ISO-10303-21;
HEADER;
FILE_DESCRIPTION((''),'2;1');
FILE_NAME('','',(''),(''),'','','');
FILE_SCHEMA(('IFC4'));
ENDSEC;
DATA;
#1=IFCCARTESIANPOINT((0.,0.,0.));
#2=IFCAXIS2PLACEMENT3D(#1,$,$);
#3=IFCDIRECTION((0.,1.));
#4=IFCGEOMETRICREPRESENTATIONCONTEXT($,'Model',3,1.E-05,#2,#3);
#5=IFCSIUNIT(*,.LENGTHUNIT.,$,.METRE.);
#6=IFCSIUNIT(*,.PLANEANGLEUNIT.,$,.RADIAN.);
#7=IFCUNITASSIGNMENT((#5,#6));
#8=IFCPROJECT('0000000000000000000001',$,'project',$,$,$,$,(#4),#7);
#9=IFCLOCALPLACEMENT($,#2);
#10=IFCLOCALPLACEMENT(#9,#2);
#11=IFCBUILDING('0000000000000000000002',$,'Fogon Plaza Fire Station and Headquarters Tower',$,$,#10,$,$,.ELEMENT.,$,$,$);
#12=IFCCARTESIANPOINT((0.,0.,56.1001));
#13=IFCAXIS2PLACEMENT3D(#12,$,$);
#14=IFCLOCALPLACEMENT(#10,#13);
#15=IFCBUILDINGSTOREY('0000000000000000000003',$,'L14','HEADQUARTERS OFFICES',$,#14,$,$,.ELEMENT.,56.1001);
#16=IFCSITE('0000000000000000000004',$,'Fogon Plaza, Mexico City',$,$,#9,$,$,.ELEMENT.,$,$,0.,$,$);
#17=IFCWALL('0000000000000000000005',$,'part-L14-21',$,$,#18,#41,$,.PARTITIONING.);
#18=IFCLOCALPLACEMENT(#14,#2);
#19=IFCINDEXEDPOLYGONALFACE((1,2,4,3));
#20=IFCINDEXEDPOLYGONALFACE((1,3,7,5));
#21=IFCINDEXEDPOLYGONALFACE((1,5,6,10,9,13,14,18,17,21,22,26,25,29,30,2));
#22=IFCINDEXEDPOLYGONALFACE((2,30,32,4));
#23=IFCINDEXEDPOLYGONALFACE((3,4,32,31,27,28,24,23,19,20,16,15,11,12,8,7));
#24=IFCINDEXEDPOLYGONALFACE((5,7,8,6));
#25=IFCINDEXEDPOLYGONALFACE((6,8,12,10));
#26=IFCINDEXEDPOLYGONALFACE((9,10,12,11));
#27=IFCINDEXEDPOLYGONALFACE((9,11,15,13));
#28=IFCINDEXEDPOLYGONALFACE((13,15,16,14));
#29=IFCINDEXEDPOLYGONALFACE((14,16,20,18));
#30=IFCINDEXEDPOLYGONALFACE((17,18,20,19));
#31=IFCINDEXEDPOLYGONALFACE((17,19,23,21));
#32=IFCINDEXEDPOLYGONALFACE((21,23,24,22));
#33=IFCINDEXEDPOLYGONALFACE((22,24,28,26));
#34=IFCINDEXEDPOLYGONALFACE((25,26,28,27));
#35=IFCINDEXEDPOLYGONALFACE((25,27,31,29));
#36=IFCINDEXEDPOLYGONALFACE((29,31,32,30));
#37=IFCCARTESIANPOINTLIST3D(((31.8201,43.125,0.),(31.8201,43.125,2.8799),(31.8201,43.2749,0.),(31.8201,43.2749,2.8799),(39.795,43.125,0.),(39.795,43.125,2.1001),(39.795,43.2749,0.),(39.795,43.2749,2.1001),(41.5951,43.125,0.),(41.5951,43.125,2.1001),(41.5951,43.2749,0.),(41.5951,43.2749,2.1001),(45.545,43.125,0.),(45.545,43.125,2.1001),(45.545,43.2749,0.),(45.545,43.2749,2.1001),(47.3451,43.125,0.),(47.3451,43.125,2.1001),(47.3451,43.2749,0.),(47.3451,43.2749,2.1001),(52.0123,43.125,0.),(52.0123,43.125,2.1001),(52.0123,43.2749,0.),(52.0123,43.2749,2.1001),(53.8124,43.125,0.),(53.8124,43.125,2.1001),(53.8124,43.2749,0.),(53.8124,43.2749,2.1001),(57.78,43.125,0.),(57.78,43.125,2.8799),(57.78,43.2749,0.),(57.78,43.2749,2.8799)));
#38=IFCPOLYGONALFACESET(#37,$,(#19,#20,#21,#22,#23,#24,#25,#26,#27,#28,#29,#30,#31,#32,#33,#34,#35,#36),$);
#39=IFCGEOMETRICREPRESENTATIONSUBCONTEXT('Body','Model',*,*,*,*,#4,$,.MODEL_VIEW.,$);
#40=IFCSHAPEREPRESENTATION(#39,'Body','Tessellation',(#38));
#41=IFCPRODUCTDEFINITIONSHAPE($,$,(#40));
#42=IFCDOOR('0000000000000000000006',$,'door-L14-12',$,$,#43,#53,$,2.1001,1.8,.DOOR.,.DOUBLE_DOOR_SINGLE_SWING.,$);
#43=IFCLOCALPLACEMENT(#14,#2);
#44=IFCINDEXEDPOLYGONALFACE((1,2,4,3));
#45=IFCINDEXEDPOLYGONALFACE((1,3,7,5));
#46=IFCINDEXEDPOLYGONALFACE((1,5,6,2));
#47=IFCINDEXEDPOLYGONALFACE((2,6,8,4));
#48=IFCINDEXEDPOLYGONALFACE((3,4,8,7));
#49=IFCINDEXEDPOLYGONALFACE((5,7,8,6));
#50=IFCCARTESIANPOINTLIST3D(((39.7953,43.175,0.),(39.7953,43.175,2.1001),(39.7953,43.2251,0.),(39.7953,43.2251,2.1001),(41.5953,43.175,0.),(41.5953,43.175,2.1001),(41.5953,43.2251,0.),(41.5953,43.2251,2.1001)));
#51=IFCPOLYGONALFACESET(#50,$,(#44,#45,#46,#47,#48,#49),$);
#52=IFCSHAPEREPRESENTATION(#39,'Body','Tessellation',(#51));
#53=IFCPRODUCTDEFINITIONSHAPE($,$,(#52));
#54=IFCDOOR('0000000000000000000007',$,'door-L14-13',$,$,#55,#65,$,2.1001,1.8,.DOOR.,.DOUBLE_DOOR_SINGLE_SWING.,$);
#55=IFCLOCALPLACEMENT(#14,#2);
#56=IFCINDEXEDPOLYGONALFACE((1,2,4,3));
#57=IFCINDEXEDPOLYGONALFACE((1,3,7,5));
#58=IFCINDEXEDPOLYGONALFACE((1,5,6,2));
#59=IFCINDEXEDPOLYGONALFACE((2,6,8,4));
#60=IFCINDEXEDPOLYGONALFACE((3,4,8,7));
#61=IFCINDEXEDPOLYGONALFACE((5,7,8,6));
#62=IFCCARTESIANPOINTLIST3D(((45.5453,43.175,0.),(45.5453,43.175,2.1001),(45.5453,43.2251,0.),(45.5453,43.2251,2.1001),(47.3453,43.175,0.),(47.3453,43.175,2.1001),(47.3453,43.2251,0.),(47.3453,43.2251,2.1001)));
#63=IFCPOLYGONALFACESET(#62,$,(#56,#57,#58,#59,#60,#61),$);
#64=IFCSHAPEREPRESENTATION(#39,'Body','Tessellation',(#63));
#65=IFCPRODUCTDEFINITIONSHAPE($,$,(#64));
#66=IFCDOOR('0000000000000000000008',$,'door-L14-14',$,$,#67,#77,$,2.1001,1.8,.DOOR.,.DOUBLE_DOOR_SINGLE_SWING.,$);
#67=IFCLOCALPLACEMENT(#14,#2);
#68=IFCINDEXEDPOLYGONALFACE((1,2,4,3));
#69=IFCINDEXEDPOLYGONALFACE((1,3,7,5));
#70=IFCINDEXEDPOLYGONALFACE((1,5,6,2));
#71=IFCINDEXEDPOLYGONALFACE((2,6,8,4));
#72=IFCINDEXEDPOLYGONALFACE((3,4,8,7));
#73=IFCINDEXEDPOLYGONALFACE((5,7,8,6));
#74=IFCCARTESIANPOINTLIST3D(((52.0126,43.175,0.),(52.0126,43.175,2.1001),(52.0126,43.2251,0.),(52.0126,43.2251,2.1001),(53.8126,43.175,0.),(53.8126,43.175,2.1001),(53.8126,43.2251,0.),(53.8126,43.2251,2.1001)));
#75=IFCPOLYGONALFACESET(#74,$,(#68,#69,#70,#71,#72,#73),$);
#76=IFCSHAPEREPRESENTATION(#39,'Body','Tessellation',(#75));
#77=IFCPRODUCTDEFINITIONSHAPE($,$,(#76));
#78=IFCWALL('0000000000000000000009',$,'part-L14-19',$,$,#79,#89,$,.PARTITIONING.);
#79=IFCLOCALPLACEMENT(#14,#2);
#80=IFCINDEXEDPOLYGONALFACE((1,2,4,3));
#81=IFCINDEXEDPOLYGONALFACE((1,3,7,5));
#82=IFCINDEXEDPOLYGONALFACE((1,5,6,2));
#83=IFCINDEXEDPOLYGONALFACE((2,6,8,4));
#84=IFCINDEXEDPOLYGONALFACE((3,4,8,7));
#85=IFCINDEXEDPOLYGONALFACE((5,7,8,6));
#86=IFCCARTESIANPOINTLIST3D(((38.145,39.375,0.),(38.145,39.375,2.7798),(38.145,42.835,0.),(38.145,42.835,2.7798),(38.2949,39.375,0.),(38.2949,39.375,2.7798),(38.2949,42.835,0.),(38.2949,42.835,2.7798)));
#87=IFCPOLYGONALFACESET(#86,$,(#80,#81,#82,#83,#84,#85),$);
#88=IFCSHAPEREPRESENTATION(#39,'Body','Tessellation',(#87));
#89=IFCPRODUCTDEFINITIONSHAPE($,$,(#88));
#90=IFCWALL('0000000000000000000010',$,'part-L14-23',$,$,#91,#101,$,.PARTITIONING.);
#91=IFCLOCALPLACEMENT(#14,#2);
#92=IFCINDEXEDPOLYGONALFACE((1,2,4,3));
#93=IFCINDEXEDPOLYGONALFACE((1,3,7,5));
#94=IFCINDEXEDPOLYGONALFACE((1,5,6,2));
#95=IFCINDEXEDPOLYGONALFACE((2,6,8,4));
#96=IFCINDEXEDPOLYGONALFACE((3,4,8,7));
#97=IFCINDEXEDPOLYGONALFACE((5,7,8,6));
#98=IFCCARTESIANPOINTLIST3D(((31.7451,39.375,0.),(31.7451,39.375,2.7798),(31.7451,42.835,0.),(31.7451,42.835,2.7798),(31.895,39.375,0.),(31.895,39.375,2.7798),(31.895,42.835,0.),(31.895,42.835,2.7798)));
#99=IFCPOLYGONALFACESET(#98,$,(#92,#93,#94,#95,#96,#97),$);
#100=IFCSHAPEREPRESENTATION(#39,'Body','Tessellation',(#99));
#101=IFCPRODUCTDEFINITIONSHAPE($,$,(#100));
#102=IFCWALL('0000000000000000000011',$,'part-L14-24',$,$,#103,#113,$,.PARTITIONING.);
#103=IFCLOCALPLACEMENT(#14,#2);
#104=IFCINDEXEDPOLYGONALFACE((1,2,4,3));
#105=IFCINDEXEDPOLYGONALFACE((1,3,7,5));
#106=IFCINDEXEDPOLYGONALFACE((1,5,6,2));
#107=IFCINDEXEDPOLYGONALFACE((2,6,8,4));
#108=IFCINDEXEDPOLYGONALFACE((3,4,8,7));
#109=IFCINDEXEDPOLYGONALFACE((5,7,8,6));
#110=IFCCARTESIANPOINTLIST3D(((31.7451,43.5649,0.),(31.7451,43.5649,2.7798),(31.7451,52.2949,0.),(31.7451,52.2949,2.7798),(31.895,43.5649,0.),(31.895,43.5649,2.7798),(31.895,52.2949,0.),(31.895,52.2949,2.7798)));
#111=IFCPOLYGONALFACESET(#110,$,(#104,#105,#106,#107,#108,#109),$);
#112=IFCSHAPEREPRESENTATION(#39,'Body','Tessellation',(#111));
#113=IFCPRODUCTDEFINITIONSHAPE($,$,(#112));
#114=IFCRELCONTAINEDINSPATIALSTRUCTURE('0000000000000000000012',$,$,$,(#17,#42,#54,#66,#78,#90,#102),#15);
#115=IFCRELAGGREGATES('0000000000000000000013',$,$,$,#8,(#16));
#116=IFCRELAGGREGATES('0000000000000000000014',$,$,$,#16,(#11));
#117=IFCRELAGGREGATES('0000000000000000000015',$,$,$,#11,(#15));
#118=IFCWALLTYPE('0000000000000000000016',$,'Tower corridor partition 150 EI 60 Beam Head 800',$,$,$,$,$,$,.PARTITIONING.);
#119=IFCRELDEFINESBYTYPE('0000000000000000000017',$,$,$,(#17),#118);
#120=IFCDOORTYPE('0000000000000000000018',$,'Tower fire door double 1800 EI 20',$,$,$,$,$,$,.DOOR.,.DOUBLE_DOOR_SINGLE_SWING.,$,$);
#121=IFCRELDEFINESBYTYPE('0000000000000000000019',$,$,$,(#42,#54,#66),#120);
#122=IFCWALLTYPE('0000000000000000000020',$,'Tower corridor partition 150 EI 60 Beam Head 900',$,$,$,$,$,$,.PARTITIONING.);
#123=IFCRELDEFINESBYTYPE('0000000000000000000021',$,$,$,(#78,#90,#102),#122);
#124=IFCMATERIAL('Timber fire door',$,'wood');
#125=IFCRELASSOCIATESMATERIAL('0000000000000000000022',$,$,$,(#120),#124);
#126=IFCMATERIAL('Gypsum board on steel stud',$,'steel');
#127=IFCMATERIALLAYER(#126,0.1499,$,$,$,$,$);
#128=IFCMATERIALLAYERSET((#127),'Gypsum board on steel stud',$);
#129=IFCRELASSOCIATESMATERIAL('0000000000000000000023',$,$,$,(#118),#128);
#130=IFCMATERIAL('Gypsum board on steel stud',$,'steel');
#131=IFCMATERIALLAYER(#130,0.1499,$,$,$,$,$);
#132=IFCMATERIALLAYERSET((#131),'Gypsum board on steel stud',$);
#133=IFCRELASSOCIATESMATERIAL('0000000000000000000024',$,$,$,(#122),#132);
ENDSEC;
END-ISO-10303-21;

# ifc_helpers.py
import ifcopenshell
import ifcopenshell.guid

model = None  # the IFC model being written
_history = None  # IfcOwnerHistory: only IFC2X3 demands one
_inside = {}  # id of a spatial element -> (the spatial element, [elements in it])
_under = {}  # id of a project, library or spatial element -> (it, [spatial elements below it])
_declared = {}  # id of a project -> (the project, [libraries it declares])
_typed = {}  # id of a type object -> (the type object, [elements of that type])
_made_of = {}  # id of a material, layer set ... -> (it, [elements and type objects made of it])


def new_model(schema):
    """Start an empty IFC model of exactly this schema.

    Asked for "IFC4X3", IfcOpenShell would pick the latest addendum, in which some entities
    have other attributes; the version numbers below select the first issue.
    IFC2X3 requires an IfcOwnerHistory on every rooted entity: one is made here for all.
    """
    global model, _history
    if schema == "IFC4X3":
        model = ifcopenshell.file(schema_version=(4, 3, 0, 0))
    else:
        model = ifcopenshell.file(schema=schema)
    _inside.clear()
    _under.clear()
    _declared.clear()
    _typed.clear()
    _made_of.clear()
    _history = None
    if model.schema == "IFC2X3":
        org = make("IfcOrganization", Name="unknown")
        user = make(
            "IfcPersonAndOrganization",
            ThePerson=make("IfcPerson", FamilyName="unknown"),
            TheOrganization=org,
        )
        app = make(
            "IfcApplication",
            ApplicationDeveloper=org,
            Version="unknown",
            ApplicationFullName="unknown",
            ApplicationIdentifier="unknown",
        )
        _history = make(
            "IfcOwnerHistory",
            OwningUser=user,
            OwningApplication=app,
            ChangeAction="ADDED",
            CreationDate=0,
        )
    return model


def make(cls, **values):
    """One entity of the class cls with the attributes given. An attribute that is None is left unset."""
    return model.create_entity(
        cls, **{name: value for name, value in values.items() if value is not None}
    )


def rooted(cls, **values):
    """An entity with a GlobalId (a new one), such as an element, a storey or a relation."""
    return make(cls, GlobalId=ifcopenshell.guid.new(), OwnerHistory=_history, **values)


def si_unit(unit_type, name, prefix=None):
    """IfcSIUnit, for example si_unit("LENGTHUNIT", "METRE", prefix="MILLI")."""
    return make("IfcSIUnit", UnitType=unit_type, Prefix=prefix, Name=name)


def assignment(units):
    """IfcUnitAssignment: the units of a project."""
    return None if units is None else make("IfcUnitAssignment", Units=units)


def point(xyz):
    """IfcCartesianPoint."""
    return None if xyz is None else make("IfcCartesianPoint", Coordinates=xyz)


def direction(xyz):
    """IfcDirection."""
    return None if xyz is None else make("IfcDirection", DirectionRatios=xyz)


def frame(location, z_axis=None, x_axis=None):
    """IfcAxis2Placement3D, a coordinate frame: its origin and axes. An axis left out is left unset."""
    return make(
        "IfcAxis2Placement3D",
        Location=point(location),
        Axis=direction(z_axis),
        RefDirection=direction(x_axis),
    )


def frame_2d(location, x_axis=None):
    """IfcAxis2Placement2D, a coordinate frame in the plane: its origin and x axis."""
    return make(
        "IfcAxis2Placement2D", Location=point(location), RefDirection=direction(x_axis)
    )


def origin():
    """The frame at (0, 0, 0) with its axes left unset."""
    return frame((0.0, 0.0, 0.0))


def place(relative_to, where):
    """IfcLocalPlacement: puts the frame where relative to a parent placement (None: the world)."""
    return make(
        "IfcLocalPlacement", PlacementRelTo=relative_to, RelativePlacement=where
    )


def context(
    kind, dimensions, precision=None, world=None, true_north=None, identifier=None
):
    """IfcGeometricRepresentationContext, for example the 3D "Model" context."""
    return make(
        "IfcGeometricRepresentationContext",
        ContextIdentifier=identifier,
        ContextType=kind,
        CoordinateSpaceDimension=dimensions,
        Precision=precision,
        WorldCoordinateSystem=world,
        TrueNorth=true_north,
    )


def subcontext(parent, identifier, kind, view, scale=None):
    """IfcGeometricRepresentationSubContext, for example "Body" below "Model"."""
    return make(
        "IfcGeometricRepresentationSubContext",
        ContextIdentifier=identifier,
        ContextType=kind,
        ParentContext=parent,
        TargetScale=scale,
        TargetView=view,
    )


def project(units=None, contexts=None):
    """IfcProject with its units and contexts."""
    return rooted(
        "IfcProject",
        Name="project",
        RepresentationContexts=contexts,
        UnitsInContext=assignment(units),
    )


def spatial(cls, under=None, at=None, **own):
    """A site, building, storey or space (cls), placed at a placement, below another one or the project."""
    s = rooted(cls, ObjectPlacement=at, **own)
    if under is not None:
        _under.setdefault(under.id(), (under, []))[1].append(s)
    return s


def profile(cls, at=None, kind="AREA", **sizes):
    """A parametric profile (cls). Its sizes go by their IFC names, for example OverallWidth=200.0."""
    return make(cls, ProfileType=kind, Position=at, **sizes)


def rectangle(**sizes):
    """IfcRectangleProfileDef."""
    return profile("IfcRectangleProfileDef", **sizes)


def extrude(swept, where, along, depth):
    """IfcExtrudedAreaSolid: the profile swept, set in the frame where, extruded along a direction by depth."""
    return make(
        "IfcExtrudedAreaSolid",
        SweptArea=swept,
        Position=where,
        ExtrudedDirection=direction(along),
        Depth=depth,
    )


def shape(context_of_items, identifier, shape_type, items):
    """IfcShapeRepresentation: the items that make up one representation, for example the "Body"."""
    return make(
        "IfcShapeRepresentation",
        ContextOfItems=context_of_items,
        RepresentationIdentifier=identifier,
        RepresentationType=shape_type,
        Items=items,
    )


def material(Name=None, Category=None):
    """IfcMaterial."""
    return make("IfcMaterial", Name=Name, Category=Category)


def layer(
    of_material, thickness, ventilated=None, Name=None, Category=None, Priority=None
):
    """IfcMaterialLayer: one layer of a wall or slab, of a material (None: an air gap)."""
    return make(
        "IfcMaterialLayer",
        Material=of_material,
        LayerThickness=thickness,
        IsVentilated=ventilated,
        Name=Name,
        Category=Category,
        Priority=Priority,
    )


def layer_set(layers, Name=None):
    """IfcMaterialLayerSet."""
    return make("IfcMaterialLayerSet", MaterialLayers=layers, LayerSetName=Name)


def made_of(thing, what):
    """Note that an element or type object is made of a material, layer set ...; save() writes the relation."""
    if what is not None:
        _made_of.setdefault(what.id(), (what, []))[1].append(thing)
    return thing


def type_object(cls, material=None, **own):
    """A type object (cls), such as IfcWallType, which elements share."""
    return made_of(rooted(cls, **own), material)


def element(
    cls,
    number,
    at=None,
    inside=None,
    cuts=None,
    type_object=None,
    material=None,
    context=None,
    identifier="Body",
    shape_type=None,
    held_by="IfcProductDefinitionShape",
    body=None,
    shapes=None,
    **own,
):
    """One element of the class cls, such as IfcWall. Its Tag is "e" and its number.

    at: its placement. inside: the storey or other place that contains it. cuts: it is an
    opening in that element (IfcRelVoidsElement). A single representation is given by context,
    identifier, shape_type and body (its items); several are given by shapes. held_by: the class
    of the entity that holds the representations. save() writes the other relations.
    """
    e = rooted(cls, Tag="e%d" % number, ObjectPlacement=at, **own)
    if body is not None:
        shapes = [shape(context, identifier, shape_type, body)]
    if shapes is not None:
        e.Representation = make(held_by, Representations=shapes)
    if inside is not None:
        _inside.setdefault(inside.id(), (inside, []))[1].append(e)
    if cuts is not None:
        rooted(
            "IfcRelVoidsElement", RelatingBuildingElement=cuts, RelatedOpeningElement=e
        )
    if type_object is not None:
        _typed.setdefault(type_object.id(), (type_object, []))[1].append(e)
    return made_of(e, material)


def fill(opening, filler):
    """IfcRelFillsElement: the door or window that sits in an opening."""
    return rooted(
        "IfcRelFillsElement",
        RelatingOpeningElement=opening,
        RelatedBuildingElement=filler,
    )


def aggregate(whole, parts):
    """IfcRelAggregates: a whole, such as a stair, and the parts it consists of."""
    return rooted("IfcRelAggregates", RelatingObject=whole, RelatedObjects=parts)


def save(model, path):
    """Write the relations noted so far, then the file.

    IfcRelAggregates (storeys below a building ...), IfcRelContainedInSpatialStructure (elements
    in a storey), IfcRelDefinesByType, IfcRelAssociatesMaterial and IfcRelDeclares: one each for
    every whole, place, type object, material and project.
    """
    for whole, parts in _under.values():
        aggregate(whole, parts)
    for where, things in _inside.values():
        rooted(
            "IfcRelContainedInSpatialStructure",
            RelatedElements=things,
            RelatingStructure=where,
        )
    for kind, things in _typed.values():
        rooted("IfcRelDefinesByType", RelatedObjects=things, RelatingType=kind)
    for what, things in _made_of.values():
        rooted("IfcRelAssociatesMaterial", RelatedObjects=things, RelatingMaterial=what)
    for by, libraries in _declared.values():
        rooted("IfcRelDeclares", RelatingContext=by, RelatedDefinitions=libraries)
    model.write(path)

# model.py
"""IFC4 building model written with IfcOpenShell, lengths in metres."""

from ifc_helpers import new_model, si_unit, direction, frame, frame_2d, origin, place, context, subcontext, project, spatial, rectangle, extrude, material, layer, layer_set, type_object, element, fill, save


model = new_model("IFC4")

# Units and contexts
model_context = context("Model", 3, precision=1e-05, world=origin(), true_north=direction((0.0, 1.0)))
body_context = subcontext(model_context, "Body", "Model", "MODEL_VIEW")
ifc_project = project(units=[si_unit("LENGTHUNIT", "METRE"), si_unit("PLANEANGLEUNIT", "RADIAN")], contexts=[model_context])

# Site, building, storey
site_placement = place(None, origin())
site = spatial("IfcSite", under=ifc_project, at=site_placement, Name="Fogon Plaza, Mexico City", CompositionType="ELEMENT", RefElevation=0.0)
building_placement = place(site_placement, origin())
building = spatial("IfcBuilding", under=site, at=building_placement, Name="Fogon Plaza Fire Station and Headquarters Tower", CompositionType="ELEMENT")
storey_placement = place(building_placement, frame((0.0, 0.0, 56.1001)))
storey = spatial("IfcBuildingStorey", under=building, at=storey_placement, Name="L14", Description="HEADQUARTERS OFFICES", CompositionType="ELEMENT", Elevation=56.1001)

# Shared definitions
ifc_material_1 = material(Name="Timber fire door", Category="wood")
door_type_1 = type_object("IfcDoorType", Name="Tower fire door double 1800 EI 20", OperationType="DOUBLE_DOOR_SINGLE_SWING", PredefinedType="DOOR", material=ifc_material_1)

# Wall, openings, doors
ifc_material_2 = material(Name="Gypsum board on steel stud", Category="steel")
ifc_layer_1 = layer(ifc_material_2, 0.1499)
ifc_layer_set_1 = layer_set([ifc_layer_1], Name="Gypsum board on steel stud")
wall_type_1 = type_object("IfcWallType", Name="Tower corridor partition 150 EI 60 Beam Head 800", PredefinedType="PARTITIONING", material=ifc_layer_set_1)
wall_1_placement = place(storey_placement, frame((31.8201, 43.2, 0.0), z_axis=(0.0, 0.0, 1.0), x_axis=(1.0, 0.0, 0.0)))
wall_1 = element("IfcWall", 1, at=wall_1_placement, inside=storey, type_object=wall_type_1, Name="part-L14-21", PredefinedType="PARTITIONING", context=body_context, shape_type="SweptSolid", body=[
    extrude(rectangle(XDim=25.96, YDim=0.1499, at=frame_2d((12.98, 0.0))), origin(), (0.0, 0.0, 1.0), 2.8799),
])
opening_1_placement = place(wall_1_placement, frame((7.9751, 0.0, 0.0)))
opening_1 = element("IfcOpeningElement", 2, at=opening_1_placement, cuts=wall_1, PredefinedType="OPENING", context=body_context, shape_type="SweptSolid", body=[
    extrude(rectangle(XDim=1.8, YDim=2.1001, at=frame_2d((0.8999, 1.05))), frame((0.0, 0.085, 0.0), z_axis=(0.0, -1.0, 0.0), x_axis=(1.0, 0.0, 0.0)), (0.0, 0.0, 1.0), 0.1699),
])
opening_2_placement = place(wall_1_placement, frame((13.7251, 0.0, 0.0)))
opening_2 = element("IfcOpeningElement", 3, at=opening_2_placement, cuts=wall_1, PredefinedType="OPENING", context=body_context, shape_type="SweptSolid", body=[
    extrude(rectangle(XDim=1.8, YDim=2.1001, at=frame_2d((0.8999, 1.05))), frame((0.0, 0.085, 0.0), z_axis=(0.0, -1.0, 0.0), x_axis=(1.0, 0.0, 0.0)), (0.0, 0.0, 1.0), 0.1699),
])
opening_3_placement = place(wall_1_placement, frame((20.1924, 0.0, 0.0)))
opening_3 = element("IfcOpeningElement", 4, at=opening_3_placement, cuts=wall_1, PredefinedType="OPENING", context=body_context, shape_type="SweptSolid", body=[
    extrude(rectangle(XDim=1.8, YDim=2.1001, at=frame_2d((0.8999, 1.05))), frame((0.0, 0.085, 0.0), z_axis=(0.0, -1.0, 0.0), x_axis=(1.0, 0.0, 0.0)), (0.0, 0.0, 1.0), 0.1699),
])
door_1_placement = place(opening_1_placement, frame((1.8, 0.0, 0.0), z_axis=(0.0, 0.0, 1.0), x_axis=(-1.0, 0.0, 0.0)))
door_1 = element("IfcDoor", 5, at=door_1_placement, inside=storey, type_object=door_type_1, Name="door-L14-12", OperationType="DOUBLE_DOOR_SINGLE_SWING", OverallHeight=2.1001, OverallWidth=1.8, PredefinedType="DOOR", context=body_context, shape_type="SweptSolid", body=[
    extrude(rectangle(XDim=1.8, YDim=2.1001, at=frame_2d((0.8999, 1.05))), frame((0.0, 0.0249, 0.0), z_axis=(0.0, -1.0, 0.0), x_axis=(1.0, 0.0, 0.0)), (0.0, 0.0, 1.0), 0.05),
])
fill(opening_1, door_1)
door_2_placement = place(opening_2_placement, frame((1.8, 0.0, 0.0), z_axis=(0.0, 0.0, 1.0), x_axis=(-1.0, 0.0, 0.0)))
door_2 = element("IfcDoor", 6, at=door_2_placement, inside=storey, type_object=door_type_1, Name="door-L14-13", OperationType="DOUBLE_DOOR_SINGLE_SWING", OverallHeight=2.1001, OverallWidth=1.8, PredefinedType="DOOR", context=body_context, shape_type="SweptSolid", body=[
    extrude(rectangle(XDim=1.8, YDim=2.1001, at=frame_2d((0.8999, 1.05))), frame((0.0, 0.0249, 0.0), z_axis=(0.0, -1.0, 0.0), x_axis=(1.0, 0.0, 0.0)), (0.0, 0.0, 1.0), 0.05),
])
fill(opening_2, door_2)
door_3_placement = place(opening_3_placement, frame((1.8, 0.0, 0.0), z_axis=(0.0, 0.0, 1.0), x_axis=(-1.0, 0.0, 0.0)))
door_3 = element("IfcDoor", 7, at=door_3_placement, inside=storey, type_object=door_type_1, Name="door-L14-14", OperationType="DOUBLE_DOOR_SINGLE_SWING", OverallHeight=2.1001, OverallWidth=1.8, PredefinedType="DOOR", context=body_context, shape_type="SweptSolid", body=[
    extrude(rectangle(XDim=1.8, YDim=2.1001, at=frame_2d((0.8999, 1.05))), frame((0.0, 0.0249, 0.0), z_axis=(0.0, -1.0, 0.0), x_axis=(1.0, 0.0, 0.0)), (0.0, 0.0, 1.0), 0.05),
])
fill(opening_3, door_3)

# Walls
ifc_material_3 = material(Name="Gypsum board on steel stud", Category="steel")
ifc_layer_2 = layer(ifc_material_3, 0.1499)
ifc_layer_set_2 = layer_set([ifc_layer_2], Name="Gypsum board on steel stud")
wall_type_2 = type_object("IfcWallType", Name="Tower corridor partition 150 EI 60 Beam Head 900", PredefinedType="PARTITIONING", material=ifc_layer_set_2)
for number, where, z_axis, x_axis, name in (
    (8, (38.22, 39.375, 0.0), (0.0, 0.0, 1.0), (0.0, 1.0, 0.0), "part-L14-19"),
    (9, (31.8201, 39.375, 0.0), (0.0, 0.0, 1.0), (0.0, 1.0, 0.0), "part-L14-23"),
):
    element("IfcWall", number, at=place(storey_placement, frame(where, z_axis=z_axis, x_axis=x_axis)), inside=storey, type_object=wall_type_2, Name=name, PredefinedType="PARTITIONING", context=body_context, shape_type="SweptSolid", body=[
        extrude(rectangle(XDim=3.46, YDim=0.1499, at=frame_2d((1.73, 0.0))), origin(), (0.0, 0.0, 1.0), 2.7798),
    ])
wall_2_placement = place(storey_placement, frame((31.8201, 43.5649, 0.0), z_axis=(0.0, 0.0, 1.0), x_axis=(0.0, 1.0, 0.0)))
element("IfcWall", 10, at=wall_2_placement, inside=storey, type_object=wall_type_2, Name="part-L14-24", PredefinedType="PARTITIONING", context=body_context, shape_type="SweptSolid", body=[
    extrude(rectangle(XDim=8.73, YDim=0.1499, at=frame_2d((4.365, 0.0))), origin(), (0.0, 0.0, 1.0), 2.7798),
])

save(model, "model.ifc")
